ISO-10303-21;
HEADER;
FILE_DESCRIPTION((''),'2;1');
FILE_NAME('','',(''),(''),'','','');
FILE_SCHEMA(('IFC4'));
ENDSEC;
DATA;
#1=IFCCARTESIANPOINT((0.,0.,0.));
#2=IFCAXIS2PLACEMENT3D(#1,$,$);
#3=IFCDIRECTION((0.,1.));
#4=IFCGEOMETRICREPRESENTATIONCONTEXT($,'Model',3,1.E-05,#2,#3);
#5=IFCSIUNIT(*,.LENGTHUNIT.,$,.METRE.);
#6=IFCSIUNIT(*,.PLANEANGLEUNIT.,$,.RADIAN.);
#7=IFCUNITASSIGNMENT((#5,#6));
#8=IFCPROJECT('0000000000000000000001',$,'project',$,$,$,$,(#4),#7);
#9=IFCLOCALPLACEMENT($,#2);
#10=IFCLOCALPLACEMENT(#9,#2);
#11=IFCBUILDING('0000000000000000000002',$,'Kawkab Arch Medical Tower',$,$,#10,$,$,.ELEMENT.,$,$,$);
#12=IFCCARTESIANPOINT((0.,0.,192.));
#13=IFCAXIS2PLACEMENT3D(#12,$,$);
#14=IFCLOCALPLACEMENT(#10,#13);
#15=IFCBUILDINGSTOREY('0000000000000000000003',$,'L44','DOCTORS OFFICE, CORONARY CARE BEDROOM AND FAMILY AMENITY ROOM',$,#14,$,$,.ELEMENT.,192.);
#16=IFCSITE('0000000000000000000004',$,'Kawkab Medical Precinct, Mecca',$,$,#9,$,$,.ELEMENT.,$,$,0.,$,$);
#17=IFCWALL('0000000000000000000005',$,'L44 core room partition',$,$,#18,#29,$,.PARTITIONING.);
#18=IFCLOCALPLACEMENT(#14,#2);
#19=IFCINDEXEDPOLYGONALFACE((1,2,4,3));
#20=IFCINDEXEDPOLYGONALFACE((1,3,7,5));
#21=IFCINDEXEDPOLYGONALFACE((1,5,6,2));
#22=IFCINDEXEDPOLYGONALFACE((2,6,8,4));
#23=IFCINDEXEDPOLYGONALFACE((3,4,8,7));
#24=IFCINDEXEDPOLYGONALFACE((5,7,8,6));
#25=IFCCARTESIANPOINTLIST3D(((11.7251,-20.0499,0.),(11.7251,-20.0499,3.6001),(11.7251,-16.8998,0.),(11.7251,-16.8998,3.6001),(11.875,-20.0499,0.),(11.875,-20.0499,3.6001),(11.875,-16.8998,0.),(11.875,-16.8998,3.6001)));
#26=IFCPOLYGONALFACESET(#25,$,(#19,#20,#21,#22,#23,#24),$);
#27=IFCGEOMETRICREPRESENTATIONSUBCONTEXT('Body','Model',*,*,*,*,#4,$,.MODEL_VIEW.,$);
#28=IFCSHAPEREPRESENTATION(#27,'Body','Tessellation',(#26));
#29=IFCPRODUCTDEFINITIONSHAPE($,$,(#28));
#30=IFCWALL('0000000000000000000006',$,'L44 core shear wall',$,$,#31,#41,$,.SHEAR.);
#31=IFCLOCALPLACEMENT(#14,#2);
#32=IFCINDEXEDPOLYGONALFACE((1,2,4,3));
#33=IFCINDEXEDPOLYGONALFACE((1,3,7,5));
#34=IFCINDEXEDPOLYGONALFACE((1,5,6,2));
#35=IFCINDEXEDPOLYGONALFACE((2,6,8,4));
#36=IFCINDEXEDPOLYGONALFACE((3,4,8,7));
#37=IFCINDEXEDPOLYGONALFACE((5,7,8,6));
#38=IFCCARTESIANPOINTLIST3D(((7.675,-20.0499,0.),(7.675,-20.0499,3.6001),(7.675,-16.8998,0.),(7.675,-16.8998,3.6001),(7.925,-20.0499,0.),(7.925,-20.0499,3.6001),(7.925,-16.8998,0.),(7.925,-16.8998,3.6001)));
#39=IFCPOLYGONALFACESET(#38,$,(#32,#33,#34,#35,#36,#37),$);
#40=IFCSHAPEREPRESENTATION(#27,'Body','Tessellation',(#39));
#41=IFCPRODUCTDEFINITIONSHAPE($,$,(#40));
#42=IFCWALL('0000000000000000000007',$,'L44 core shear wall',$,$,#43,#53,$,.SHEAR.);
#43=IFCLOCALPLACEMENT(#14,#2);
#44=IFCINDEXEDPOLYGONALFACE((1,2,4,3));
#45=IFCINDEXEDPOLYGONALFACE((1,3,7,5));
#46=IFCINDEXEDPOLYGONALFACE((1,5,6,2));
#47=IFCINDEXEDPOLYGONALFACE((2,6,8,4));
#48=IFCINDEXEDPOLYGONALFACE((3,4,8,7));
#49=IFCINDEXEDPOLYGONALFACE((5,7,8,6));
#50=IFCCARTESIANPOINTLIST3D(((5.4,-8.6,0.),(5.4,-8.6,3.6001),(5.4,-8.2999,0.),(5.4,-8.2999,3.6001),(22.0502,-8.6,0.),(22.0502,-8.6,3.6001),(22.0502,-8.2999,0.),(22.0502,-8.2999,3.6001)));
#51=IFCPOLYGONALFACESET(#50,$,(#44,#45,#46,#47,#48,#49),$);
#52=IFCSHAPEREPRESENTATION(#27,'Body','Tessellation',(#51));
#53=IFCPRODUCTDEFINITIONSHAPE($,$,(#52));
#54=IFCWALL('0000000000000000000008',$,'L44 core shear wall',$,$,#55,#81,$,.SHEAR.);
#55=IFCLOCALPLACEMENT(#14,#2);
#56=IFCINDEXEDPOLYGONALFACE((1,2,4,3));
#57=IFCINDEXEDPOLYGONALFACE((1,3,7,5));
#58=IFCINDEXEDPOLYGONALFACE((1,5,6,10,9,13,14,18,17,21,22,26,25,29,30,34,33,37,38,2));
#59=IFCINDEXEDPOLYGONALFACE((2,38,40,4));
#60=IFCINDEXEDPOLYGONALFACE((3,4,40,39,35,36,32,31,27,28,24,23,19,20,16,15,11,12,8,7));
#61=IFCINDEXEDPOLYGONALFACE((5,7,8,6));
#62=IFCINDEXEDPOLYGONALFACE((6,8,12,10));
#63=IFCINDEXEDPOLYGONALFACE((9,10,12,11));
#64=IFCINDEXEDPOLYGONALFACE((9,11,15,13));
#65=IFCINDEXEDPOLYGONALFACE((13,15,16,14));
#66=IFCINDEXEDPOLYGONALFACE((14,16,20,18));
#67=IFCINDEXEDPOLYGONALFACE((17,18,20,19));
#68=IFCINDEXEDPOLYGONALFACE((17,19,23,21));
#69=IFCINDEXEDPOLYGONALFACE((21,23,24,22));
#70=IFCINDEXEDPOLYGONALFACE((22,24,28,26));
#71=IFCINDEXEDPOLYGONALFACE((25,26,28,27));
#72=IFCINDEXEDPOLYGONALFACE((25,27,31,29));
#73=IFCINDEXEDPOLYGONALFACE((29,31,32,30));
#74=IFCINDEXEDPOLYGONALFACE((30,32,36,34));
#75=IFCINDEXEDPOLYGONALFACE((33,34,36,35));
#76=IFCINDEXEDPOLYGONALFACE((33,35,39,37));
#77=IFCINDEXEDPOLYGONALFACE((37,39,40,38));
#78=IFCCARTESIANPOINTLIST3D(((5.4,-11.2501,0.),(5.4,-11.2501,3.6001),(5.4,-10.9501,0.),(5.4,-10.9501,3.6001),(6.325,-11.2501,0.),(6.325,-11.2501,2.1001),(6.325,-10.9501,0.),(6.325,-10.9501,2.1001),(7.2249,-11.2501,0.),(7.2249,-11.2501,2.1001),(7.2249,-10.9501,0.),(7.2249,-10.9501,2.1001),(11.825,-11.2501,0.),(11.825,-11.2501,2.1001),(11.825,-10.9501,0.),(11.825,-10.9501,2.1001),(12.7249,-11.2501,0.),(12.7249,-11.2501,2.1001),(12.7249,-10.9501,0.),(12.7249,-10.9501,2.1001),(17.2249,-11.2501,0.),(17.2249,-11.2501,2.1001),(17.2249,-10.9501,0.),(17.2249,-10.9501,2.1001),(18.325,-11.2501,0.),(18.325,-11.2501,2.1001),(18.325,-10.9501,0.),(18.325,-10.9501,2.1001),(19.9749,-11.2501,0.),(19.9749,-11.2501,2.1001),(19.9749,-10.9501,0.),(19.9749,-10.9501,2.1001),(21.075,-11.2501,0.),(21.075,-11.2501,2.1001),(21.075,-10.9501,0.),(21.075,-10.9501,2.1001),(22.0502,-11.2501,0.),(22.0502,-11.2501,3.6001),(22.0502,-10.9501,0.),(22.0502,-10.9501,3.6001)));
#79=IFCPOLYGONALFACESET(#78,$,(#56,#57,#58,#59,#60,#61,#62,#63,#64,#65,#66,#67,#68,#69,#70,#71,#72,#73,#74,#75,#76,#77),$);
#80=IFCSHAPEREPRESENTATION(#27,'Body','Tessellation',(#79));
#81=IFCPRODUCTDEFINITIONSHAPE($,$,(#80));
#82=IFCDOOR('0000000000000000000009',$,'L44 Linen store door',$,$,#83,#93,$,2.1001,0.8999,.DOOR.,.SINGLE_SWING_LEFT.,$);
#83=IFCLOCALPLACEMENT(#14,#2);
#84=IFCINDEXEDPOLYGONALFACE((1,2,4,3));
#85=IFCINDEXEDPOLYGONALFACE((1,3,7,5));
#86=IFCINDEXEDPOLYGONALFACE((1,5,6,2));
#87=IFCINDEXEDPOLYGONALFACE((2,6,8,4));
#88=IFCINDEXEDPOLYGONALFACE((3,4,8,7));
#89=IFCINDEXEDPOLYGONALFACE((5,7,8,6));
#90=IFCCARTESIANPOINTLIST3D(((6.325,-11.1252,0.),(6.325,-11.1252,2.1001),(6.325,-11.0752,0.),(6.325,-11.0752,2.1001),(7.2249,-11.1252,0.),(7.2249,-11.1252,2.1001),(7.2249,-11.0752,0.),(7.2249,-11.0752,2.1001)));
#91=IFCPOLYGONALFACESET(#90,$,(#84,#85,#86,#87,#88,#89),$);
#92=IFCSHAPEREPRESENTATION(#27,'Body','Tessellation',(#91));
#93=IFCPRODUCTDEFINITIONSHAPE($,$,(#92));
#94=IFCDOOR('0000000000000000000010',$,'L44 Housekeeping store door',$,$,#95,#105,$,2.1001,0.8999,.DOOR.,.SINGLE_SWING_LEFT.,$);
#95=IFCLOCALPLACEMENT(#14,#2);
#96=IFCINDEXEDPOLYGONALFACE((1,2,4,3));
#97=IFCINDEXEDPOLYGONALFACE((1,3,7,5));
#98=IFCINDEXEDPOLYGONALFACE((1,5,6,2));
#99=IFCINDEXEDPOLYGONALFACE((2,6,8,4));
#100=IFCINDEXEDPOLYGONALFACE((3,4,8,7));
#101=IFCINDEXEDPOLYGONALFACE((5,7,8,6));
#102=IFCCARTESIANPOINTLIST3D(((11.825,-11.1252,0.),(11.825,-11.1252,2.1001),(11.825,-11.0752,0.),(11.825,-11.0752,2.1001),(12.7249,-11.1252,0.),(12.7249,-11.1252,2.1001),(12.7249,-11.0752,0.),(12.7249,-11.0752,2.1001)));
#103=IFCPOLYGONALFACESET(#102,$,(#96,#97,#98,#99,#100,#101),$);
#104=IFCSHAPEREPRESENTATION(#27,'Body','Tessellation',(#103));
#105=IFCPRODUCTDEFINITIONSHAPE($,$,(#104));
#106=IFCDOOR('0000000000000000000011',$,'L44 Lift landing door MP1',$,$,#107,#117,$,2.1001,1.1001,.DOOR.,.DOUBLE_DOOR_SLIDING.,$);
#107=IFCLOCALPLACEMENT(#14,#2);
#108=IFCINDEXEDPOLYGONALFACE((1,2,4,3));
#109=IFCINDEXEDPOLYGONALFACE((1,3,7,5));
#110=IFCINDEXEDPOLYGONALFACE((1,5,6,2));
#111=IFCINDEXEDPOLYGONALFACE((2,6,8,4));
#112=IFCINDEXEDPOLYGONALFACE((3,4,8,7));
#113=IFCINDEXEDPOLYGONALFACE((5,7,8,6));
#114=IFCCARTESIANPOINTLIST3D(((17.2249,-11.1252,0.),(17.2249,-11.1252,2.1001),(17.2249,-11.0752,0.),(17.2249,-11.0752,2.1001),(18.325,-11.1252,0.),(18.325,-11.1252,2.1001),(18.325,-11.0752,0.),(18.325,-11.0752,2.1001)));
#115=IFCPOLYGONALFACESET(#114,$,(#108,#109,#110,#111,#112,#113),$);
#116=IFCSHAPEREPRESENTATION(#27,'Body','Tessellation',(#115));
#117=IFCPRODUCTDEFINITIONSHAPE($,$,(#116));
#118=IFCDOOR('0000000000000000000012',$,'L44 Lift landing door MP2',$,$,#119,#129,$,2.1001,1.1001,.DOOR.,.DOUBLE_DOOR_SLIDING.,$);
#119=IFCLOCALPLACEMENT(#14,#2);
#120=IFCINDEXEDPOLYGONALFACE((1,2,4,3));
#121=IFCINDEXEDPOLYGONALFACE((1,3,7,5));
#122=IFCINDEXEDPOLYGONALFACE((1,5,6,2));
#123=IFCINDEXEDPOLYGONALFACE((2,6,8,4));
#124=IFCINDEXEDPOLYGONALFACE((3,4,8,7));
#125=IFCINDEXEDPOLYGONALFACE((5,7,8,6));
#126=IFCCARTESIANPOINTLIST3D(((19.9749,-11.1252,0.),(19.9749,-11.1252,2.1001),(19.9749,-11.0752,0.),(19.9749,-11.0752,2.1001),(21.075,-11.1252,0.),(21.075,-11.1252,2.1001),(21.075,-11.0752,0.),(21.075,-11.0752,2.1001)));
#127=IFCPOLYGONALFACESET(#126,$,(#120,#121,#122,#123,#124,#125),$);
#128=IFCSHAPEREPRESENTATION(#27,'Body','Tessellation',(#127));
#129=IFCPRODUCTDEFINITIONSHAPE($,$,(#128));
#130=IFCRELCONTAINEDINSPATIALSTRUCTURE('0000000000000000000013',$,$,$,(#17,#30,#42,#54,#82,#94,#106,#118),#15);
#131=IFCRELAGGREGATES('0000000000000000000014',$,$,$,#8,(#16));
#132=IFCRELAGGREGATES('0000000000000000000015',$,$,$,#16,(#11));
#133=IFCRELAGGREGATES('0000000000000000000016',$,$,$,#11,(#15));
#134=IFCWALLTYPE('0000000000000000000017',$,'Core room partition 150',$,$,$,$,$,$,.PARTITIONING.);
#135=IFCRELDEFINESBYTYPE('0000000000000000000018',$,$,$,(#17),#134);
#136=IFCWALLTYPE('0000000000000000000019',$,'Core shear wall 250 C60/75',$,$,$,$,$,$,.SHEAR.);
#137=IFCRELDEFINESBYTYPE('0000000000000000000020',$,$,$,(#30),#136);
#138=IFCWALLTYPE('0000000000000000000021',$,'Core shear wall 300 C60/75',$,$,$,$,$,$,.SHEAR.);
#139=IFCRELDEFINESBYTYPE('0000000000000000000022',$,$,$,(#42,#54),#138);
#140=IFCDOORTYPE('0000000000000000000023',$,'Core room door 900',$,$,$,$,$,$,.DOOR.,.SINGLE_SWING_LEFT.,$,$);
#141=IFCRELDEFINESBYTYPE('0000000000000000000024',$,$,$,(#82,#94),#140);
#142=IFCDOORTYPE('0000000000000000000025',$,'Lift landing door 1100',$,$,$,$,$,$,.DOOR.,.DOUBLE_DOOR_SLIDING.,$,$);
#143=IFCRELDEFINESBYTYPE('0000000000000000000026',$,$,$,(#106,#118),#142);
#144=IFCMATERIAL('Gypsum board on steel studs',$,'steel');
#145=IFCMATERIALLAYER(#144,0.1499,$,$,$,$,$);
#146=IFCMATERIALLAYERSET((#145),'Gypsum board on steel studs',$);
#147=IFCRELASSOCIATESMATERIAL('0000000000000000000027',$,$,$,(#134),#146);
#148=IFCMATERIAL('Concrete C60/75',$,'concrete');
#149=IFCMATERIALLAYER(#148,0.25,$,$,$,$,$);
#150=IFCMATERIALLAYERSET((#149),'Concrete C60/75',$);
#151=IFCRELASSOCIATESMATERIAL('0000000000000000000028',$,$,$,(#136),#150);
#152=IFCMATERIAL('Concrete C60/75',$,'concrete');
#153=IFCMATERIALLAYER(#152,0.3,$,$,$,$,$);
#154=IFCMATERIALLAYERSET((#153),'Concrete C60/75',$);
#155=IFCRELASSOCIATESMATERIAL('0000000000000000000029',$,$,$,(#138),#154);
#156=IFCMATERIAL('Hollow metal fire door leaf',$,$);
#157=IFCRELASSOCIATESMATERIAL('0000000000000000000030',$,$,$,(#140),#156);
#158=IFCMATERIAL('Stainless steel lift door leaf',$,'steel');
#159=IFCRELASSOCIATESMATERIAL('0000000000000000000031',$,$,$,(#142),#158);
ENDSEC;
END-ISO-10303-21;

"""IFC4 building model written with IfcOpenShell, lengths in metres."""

from ifc_helpers import new_model, si_unit, direction, frame, frame_2d, origin, place, context, subcontext, project, spatial, rectangle, extrude, material, layer, layer_set, type_object, element, fill, save


model = new_model("IFC4")

# Units and contexts
model_context = context("Model", 3, precision=1e-05, world=origin(), true_north=direction((0.0, 1.0)))
body_context = subcontext(model_context, "Body", "Model", "MODEL_VIEW")
ifc_project = project(units=[si_unit("LENGTHUNIT", "METRE"), si_unit("PLANEANGLEUNIT", "RADIAN")], contexts=[model_context])

# Site, building, storey
site_placement = place(None, origin())
site = spatial("IfcSite", under=ifc_project, at=site_placement, Name="Kawkab Medical Precinct, Mecca", CompositionType="ELEMENT", RefElevation=0.0)
building_placement = place(site_placement, origin())
building = spatial("IfcBuilding", under=site, at=building_placement, Name="Kawkab Arch Medical Tower", CompositionType="ELEMENT")
storey_placement = place(building_placement, frame((0.0, 0.0, 192.0)))
storey = spatial("IfcBuildingStorey", under=building, at=storey_placement, Name="L44", Description="DOCTORS OFFICE, CORONARY CARE BEDROOM AND FAMILY AMENITY ROOM", CompositionType="ELEMENT", Elevation=192.0)

# Walls
ifc_material_1 = material(Name="Gypsum board on steel studs", Category="steel")
ifc_layer_1 = layer(ifc_material_1, 0.1499)
ifc_layer_set_1 = layer_set([ifc_layer_1], Name="Gypsum board on steel studs")
wall_type_1 = type_object("IfcWallType", Name="Core room partition 150", PredefinedType="PARTITIONING", material=ifc_layer_set_1)
wall_1_placement = place(storey_placement, frame((11.8, -20.05, 0.0), z_axis=(0.0, 0.0, 1.0), x_axis=(0.0, 1.0, 0.0)))
element("IfcWall", 1, at=wall_1_placement, inside=storey, type_object=wall_type_1, Name="L44 core room partition", PredefinedType="PARTITIONING", context=body_context, shape_type="SweptSolid", body=[
    extrude(rectangle(XDim=3.1501, YDim=0.1499, at=frame_2d((1.5752, 0.0))), origin(), (0.0, 0.0, 1.0), 3.6001),
])
ifc_material_2 = material(Name="Concrete C60/75", Category="concrete")
ifc_layer_2 = layer(ifc_material_2, 0.25)
ifc_layer_set_2 = layer_set([ifc_layer_2], Name="Concrete C60/75")
wall_type_2 = type_object("IfcWallType", Name="Core shear wall 250 C60/75", PredefinedType="SHEAR", material=ifc_layer_set_2)
wall_2_placement = place(storey_placement, frame((7.8, -20.05, 0.0), z_axis=(0.0, 0.0, 1.0), x_axis=(0.0, 1.0, 0.0)))
element("IfcWall", 2, at=wall_2_placement, inside=storey, type_object=wall_type_2, Name="L44 core shear wall", PredefinedType="SHEAR", context=body_context, shape_type="SweptSolid", body=[
    extrude(rectangle(XDim=3.1501, YDim=0.25, at=frame_2d((1.5752, 0.0))), origin(), (0.0, 0.0, 1.0), 3.6001),
])
ifc_material_3 = material(Name="Concrete C60/75", Category="concrete")
ifc_layer_3 = layer(ifc_material_3, 0.3)
ifc_layer_set_3 = layer_set([ifc_layer_3], Name="Concrete C60/75")
wall_type_3 = type_object("IfcWallType", Name="Core shear wall 300 C60/75", PredefinedType="SHEAR", material=ifc_layer_set_3)
wall_3_placement = place(storey_placement, frame((5.3999, -8.45, 0.0), z_axis=(0.0, 0.0, 1.0), x_axis=(1.0, 0.0, 0.0)))
element("IfcWall", 3, at=wall_3_placement, inside=storey, type_object=wall_type_3, Name="L44 core shear wall", PredefinedType="SHEAR", context=body_context, shape_type="SweptSolid", body=[
    extrude(rectangle(XDim=16.6501, YDim=0.3, at=frame_2d((8.3252, 0.0))), origin(), (0.0, 0.0, 1.0), 3.6001),
])

# Wall, openings, doors
wall_4_placement = place(storey_placement, frame((5.3999, -11.1001, 0.0), z_axis=(0.0, 0.0, 1.0), x_axis=(1.0, 0.0, 0.0)))
wall_4 = element("IfcWall", 4, at=wall_4_placement, inside=storey, type_object=wall_type_3, Name="L44 core shear wall", PredefinedType="SHEAR", context=body_context, shape_type="SweptSolid", body=[
    extrude(rectangle(XDim=16.6501, YDim=0.3, at=frame_2d((8.3252, 0.0))), origin(), (0.0, 0.0, 1.0), 3.6001),
])
opening_1_placement = place(wall_4_placement, frame((11.825, 0.0, 0.0)))
opening_1 = element("IfcOpeningElement", 5, at=opening_1_placement, cuts=wall_4, PredefinedType="OPENING", context=body_context, shape_type="SweptSolid", body=[
    extrude(rectangle(XDim=1.1001, YDim=2.1001, at=frame_2d((0.55, 1.05))), frame((0.0, 0.1599, 0.0), z_axis=(0.0, -1.0, 0.0), x_axis=(1.0, 0.0, 0.0)), (0.0, 0.0, 1.0), 0.3201),
])
opening_2_placement = place(wall_4_placement, frame((14.575, 0.0, 0.0)))
opening_2 = element("IfcOpeningElement", 6, at=opening_2_placement, cuts=wall_4, PredefinedType="OPENING", context=body_context, shape_type="SweptSolid", body=[
    extrude(rectangle(XDim=1.1001, YDim=2.1001, at=frame_2d((0.55, 1.05))), frame((0.0, 0.1599, 0.0), z_axis=(0.0, -1.0, 0.0), x_axis=(1.0, 0.0, 0.0)), (0.0, 0.0, 1.0), 0.3201),
])
opening_3_placement = place(wall_4_placement, frame((0.925, 0.0, 0.0)))
opening_3 = element("IfcOpeningElement", 7, at=opening_3_placement, cuts=wall_4, PredefinedType="OPENING", context=body_context, shape_type="SweptSolid", body=[
    extrude(rectangle(XDim=0.8999, YDim=2.1001, at=frame_2d((0.45, 1.05))), frame((0.0, 0.1599, 0.0), z_axis=(0.0, -1.0, 0.0), x_axis=(1.0, 0.0, 0.0)), (0.0, 0.0, 1.0), 0.3201),
])
opening_4_placement = place(wall_4_placement, frame((6.425, 0.0, 0.0)))
opening_4 = element("IfcOpeningElement", 8, at=opening_4_placement, cuts=wall_4, PredefinedType="OPENING", context=body_context, shape_type="SweptSolid", body=[
    extrude(rectangle(XDim=0.8999, YDim=2.1001, at=frame_2d((0.45, 1.05))), frame((0.0, 0.1599, 0.0), z_axis=(0.0, -1.0, 0.0), x_axis=(1.0, 0.0, 0.0)), (0.0, 0.0, 1.0), 0.3201),
])
ifc_material_4 = material(Name="Hollow metal fire door leaf")
door_type_1 = type_object("IfcDoorType", Name="Core room door 900", OperationType="SINGLE_SWING_LEFT", PredefinedType="DOOR", material=ifc_material_4)
door_1_placement = place(opening_3_placement, origin())
door_1 = element("IfcDoor", 9, at=door_1_placement, inside=storey, type_object=door_type_1, Name="L44 Linen store door", OperationType="SINGLE_SWING_LEFT", OverallHeight=2.1001, OverallWidth=0.8999, PredefinedType="DOOR", context=body_context, shape_type="SweptSolid", body=[
    extrude(rectangle(XDim=0.8999, YDim=2.1001, at=frame_2d((0.45, 1.05))), frame((0.0, 0.0249, 0.0), z_axis=(0.0, -1.0, 0.0), x_axis=(1.0, 0.0, 0.0)), (0.0, 0.0, 1.0), 0.05),
])
fill(opening_3, door_1)
door_2_placement = place(opening_4_placement, origin())
door_2 = element("IfcDoor", 10, at=door_2_placement, inside=storey, type_object=door_type_1, Name="L44 Housekeeping store door", OperationType="SINGLE_SWING_LEFT", OverallHeight=2.1001, OverallWidth=0.8999, PredefinedType="DOOR", context=body_context, shape_type="SweptSolid", body=[
    extrude(rectangle(XDim=0.8999, YDim=2.1001, at=frame_2d((0.45, 1.05))), frame((0.0, 0.0249, 0.0), z_axis=(0.0, -1.0, 0.0), x_axis=(1.0, 0.0, 0.0)), (0.0, 0.0, 1.0), 0.05),
])
fill(opening_4, door_2)
ifc_material_5 = material(Name="Stainless steel lift door leaf", Category="steel")
door_type_2 = type_object("IfcDoorType", Name="Lift landing door 1100", OperationType="DOUBLE_DOOR_SLIDING", PredefinedType="DOOR", material=ifc_material_5)
door_3_placement = place(opening_1_placement, origin())
door_3 = element("IfcDoor", 11, at=door_3_placement, inside=storey, type_object=door_type_2, Name="L44 Lift landing door MP1", OperationType="DOUBLE_DOOR_SLIDING", OverallHeight=2.1001, OverallWidth=1.1001, PredefinedType="DOOR", context=body_context, shape_type="SweptSolid", body=[
    extrude(rectangle(XDim=1.1001, YDim=2.1001, at=frame_2d((0.55, 1.05))), frame((0.0, 0.0249, 0.0), z_axis=(0.0, -1.0, 0.0), x_axis=(1.0, 0.0, 0.0)), (0.0, 0.0, 1.0), 0.05),
])
fill(opening_1, door_3)
door_4_placement = place(opening_2_placement, origin())
door_4 = element("IfcDoor", 12, at=door_4_placement, inside=storey, type_object=door_type_2, Name="L44 Lift landing door MP2", OperationType="DOUBLE_DOOR_SLIDING", OverallHeight=2.1001, OverallWidth=1.1001, PredefinedType="DOOR", context=body_context, shape_type="SweptSolid", body=[
    extrude(rectangle(XDim=1.1001, YDim=2.1001, at=frame_2d((0.55, 1.05))), frame((0.0, 0.0249, 0.0), z_axis=(0.0, -1.0, 0.0), x_axis=(1.0, 0.0, 0.0)), (0.0, 0.0, 1.0), 0.05),
])
fill(opening_2, door_4)

save(model, "model.ifc")
